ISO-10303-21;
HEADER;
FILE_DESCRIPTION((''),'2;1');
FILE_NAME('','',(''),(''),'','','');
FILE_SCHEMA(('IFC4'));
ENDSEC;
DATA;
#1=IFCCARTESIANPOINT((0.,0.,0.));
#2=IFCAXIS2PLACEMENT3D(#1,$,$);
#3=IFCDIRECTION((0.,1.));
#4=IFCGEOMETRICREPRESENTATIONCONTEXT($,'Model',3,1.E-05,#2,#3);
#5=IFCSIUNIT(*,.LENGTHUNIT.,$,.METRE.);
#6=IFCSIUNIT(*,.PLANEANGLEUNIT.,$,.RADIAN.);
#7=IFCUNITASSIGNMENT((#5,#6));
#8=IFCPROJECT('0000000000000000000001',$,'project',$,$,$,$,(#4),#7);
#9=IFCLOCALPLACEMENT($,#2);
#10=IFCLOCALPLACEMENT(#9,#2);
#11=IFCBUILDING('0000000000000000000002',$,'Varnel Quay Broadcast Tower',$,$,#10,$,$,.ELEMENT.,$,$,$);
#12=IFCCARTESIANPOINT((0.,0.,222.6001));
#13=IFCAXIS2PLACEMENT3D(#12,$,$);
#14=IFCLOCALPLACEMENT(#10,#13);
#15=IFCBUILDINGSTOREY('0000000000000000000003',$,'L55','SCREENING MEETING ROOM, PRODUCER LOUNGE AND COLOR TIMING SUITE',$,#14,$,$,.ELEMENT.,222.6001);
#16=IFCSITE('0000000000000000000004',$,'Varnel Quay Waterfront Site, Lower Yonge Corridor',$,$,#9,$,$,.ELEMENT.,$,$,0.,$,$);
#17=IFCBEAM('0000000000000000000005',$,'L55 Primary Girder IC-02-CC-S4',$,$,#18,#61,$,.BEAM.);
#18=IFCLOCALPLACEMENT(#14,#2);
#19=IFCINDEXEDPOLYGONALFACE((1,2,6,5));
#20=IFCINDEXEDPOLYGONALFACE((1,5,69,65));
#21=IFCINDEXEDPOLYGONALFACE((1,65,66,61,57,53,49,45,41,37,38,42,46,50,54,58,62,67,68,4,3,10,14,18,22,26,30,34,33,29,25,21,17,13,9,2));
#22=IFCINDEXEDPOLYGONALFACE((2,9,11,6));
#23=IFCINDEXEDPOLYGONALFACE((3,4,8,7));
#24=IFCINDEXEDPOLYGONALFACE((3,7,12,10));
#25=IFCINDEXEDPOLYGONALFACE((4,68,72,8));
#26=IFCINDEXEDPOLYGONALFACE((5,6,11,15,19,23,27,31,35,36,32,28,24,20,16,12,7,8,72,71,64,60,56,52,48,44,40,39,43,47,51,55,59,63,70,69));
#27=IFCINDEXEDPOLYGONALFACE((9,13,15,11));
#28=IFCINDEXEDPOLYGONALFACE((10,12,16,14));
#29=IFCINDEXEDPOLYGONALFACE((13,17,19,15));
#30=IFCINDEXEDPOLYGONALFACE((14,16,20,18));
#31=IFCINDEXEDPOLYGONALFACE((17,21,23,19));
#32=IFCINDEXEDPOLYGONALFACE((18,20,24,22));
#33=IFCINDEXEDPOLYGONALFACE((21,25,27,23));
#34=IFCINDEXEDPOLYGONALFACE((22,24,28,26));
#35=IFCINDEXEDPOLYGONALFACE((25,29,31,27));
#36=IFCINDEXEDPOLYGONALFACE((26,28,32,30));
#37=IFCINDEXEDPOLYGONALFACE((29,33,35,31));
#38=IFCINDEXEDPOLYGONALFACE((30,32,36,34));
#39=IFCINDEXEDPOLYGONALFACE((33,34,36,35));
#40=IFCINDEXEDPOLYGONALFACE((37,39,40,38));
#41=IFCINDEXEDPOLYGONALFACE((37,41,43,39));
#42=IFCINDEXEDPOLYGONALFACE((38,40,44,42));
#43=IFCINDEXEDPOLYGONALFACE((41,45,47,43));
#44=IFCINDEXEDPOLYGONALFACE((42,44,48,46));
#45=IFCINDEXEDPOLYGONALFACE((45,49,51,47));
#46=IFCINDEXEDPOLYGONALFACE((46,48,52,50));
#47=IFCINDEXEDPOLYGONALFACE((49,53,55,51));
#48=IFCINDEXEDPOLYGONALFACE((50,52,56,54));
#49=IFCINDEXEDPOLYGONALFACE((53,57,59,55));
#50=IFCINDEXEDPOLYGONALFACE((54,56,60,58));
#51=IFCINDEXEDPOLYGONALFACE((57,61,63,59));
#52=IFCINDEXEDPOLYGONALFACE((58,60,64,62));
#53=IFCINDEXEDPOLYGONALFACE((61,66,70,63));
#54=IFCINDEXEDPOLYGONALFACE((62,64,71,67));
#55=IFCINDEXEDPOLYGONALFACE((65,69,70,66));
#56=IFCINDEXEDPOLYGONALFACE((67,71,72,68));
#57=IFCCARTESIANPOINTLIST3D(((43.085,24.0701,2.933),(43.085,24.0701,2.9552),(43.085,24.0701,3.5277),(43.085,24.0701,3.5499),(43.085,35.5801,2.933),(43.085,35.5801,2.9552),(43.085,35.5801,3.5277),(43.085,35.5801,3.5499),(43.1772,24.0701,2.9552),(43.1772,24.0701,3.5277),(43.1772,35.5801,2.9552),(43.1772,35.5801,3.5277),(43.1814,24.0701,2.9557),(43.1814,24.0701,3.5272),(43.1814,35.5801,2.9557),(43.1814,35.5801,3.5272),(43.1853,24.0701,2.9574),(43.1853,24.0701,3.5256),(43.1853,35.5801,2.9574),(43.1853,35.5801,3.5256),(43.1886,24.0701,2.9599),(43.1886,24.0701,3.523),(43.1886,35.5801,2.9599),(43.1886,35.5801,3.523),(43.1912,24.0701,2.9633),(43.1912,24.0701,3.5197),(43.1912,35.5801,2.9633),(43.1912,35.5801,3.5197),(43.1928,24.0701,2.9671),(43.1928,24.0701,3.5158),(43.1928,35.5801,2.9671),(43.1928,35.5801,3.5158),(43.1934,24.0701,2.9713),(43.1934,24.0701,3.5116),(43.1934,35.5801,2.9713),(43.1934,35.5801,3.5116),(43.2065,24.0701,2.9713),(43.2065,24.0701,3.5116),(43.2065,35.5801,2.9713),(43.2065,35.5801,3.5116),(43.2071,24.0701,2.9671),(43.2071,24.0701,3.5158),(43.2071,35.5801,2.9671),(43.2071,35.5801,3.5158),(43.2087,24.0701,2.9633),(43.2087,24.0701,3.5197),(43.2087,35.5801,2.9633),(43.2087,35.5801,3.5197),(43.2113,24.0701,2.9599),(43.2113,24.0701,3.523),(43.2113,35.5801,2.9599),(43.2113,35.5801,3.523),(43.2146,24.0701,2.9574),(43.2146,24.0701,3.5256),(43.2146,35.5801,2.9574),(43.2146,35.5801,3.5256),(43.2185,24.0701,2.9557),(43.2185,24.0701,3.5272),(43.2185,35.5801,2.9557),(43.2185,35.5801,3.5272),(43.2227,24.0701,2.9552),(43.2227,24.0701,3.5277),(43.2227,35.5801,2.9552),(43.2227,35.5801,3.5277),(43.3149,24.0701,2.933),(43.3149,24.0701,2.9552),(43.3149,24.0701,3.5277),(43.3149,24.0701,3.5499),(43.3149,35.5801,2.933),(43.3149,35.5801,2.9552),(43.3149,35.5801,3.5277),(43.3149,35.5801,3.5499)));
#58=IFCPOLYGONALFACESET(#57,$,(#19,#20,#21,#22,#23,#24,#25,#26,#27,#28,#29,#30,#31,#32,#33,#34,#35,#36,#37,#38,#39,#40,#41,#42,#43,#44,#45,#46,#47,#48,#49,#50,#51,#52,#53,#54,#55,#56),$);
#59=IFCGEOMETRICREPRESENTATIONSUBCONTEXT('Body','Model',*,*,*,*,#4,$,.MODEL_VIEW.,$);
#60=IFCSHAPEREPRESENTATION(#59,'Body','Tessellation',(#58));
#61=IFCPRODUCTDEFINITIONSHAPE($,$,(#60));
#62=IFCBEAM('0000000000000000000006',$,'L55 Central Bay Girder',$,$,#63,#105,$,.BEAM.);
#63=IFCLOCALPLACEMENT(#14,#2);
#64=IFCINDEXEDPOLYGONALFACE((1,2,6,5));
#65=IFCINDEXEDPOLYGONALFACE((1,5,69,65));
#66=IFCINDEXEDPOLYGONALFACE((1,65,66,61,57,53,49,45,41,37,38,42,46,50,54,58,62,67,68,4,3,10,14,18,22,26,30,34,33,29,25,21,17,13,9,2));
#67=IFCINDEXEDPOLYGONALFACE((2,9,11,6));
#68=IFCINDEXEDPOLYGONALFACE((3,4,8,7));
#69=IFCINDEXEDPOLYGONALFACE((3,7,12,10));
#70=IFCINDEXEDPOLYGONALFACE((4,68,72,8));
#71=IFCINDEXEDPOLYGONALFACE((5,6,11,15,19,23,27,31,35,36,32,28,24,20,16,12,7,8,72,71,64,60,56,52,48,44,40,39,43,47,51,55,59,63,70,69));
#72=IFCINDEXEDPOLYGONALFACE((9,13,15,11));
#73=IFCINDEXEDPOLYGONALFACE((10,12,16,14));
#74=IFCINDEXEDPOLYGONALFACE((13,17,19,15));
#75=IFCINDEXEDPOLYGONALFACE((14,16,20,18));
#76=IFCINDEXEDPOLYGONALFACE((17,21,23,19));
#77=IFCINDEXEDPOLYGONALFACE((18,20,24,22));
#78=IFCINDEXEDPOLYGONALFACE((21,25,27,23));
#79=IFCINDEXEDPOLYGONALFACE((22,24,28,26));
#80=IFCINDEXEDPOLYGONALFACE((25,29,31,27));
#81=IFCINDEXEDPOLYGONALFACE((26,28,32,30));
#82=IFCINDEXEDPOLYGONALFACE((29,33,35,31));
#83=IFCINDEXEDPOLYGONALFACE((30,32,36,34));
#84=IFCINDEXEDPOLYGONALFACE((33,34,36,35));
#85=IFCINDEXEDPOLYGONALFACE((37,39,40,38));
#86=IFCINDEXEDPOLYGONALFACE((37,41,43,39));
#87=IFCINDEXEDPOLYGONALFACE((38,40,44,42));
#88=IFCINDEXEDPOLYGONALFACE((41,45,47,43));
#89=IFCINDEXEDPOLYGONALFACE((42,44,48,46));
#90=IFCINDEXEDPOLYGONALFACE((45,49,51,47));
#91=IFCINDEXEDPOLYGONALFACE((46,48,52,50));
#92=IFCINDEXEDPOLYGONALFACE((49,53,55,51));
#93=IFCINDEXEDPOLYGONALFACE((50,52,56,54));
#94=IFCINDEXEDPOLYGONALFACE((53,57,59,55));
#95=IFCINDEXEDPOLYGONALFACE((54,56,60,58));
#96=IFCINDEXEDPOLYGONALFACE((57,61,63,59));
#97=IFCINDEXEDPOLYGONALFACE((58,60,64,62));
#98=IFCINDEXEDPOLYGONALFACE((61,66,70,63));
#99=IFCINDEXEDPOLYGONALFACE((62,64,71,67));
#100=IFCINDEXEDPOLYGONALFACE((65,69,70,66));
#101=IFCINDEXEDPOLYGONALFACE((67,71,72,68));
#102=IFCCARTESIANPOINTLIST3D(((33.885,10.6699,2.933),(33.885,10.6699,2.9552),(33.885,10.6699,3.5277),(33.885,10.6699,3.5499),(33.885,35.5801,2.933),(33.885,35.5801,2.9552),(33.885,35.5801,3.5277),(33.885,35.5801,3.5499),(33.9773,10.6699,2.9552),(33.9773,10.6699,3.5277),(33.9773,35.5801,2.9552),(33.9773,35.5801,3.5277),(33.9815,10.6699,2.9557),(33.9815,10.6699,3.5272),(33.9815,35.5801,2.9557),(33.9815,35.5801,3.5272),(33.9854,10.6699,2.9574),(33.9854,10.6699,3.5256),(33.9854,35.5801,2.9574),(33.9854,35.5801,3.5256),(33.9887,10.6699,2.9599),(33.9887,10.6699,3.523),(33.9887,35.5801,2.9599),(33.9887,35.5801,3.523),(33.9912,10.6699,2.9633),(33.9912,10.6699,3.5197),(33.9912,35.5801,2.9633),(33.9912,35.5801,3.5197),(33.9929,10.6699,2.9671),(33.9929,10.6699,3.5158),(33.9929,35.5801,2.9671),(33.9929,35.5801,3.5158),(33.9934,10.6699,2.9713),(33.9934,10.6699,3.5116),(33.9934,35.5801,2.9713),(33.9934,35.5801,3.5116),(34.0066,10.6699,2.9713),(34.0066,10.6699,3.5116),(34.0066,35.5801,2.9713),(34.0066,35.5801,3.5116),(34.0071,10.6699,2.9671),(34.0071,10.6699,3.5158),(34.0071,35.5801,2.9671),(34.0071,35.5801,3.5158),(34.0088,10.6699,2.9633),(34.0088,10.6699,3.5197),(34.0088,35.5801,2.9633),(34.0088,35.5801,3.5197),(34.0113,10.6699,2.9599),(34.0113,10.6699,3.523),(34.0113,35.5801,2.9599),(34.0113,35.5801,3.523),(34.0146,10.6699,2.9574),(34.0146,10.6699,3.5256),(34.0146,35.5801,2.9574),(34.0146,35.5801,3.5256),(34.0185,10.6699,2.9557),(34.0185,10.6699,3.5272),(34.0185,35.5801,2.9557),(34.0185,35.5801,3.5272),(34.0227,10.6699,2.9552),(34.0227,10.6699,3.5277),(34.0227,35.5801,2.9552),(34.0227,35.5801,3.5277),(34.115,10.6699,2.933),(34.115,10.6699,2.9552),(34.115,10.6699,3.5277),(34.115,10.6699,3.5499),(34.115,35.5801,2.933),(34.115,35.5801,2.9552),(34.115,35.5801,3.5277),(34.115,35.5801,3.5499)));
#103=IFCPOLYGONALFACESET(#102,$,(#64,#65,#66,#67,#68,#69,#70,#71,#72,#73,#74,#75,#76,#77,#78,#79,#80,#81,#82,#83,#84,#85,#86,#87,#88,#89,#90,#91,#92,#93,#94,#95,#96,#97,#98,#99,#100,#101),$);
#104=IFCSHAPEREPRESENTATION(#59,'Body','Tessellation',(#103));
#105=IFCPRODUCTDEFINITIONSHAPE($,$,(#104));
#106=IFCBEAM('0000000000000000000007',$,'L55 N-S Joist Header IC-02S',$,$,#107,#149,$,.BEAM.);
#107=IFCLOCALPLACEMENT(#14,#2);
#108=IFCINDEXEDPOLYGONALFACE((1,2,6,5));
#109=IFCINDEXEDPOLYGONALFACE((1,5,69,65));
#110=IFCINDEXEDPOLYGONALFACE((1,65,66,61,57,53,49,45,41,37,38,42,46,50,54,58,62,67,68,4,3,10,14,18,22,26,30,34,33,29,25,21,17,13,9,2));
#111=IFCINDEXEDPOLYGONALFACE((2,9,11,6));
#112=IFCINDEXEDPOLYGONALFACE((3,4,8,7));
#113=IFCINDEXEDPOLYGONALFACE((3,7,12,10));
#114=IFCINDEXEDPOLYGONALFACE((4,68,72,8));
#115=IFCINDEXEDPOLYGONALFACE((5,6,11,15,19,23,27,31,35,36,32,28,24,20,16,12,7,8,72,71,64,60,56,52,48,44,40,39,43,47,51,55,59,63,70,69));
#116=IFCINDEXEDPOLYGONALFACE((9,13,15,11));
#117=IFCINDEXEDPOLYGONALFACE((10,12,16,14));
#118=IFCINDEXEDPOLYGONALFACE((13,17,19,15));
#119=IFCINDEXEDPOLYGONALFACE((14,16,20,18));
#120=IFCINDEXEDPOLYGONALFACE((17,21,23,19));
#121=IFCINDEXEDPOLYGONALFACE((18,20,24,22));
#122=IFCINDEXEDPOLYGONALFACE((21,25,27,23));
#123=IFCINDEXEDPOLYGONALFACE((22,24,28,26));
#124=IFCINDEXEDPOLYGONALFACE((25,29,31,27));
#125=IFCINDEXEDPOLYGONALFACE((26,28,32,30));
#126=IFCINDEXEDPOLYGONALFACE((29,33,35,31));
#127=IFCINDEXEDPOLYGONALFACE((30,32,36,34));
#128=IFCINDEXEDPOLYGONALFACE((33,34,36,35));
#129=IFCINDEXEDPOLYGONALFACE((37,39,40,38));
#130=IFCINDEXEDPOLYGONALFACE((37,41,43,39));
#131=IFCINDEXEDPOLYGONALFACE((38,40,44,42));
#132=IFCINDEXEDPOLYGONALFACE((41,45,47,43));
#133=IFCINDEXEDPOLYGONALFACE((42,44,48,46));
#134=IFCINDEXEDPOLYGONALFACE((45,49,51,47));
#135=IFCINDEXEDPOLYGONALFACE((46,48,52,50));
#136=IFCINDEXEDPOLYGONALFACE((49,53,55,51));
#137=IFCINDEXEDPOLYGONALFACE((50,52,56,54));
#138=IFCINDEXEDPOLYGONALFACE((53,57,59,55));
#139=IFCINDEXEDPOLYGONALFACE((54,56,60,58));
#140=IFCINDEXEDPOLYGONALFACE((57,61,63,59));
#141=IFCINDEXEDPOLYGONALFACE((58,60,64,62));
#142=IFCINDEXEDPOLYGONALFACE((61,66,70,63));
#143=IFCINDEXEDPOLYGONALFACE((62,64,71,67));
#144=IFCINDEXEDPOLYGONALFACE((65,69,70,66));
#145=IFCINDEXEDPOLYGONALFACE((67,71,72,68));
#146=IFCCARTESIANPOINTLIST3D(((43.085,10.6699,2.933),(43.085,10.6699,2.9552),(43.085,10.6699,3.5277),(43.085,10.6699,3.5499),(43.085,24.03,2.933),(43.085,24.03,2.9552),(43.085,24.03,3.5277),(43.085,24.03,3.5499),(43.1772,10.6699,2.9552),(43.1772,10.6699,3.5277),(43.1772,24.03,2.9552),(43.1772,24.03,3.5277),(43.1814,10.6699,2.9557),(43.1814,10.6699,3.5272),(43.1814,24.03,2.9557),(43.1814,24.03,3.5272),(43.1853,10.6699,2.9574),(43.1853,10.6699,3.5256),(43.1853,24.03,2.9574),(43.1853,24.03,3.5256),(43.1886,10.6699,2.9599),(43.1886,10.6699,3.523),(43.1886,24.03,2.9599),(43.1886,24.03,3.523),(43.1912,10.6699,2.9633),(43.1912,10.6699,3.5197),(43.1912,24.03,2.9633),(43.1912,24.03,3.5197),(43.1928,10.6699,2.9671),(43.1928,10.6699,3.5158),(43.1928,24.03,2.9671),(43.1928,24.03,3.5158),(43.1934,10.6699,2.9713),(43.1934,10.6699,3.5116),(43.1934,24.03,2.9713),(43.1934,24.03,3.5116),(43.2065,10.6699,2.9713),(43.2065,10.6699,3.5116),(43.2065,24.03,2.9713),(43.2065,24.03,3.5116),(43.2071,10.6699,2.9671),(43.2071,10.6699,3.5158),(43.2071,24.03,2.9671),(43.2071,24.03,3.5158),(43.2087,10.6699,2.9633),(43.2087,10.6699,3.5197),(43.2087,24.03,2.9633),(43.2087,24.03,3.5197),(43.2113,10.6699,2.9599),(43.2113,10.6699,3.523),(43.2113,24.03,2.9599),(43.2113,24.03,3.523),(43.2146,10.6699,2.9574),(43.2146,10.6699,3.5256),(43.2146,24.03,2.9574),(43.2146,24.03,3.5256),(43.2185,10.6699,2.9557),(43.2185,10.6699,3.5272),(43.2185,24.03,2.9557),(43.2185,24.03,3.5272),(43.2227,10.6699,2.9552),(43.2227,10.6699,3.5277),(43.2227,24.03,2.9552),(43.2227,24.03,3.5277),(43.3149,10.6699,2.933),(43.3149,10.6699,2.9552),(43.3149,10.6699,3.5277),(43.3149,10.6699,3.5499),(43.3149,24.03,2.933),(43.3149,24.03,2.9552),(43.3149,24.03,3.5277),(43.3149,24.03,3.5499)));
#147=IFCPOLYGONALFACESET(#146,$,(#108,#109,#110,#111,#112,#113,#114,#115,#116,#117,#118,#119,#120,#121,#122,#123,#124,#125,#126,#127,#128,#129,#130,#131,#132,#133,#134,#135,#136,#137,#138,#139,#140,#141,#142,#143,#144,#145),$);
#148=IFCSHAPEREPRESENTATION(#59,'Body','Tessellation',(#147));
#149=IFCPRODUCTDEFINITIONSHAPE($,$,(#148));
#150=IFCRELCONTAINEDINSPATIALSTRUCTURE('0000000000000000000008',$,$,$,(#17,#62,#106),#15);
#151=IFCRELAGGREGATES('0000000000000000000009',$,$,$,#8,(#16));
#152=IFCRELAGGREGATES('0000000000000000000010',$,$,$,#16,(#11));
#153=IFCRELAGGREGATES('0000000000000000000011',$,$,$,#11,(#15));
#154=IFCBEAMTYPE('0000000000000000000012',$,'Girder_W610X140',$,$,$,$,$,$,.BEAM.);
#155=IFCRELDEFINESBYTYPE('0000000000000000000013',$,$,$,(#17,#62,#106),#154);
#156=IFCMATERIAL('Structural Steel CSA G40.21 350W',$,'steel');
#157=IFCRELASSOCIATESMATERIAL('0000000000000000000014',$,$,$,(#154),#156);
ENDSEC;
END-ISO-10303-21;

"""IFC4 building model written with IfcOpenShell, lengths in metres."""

from ifc_helpers import new_model, si_unit, direction, frame, origin, origin_2d, place, context, subcontext, project, spatial, i_section, extrude, source, transform, mapped, material, material_profile, profile_set, type_object, element, save


model = new_model("IFC4")

# Units and contexts
model_context = context("Model", 3, precision=1e-05, world=origin(), true_north=direction((0.0, 1.0)))
body_context = subcontext(model_context, "Body", "Model", "MODEL_VIEW")
ifc_project = project(units=[si_unit("LENGTHUNIT", "METRE"), si_unit("PLANEANGLEUNIT", "RADIAN")], contexts=[model_context])

# Site, building, storey
site_placement = place(None, origin())
site = spatial("IfcSite", under=ifc_project, at=site_placement, Name="Varnel Quay Waterfront Site, Lower Yonge Corridor", CompositionType="ELEMENT", RefElevation=0.0)
building_placement = place(site_placement, origin())
building = spatial("IfcBuilding", under=site, at=building_placement, Name="Varnel Quay Broadcast Tower", CompositionType="ELEMENT")
storey_placement = place(building_placement, frame((0.0, 0.0, 222.6001)))
storey = spatial("IfcBuildingStorey", under=building, at=storey_placement, Name="L55", Description="SCREENING MEETING ROOM, PRODUCER LOUNGE AND COLOR TIMING SUITE", CompositionType="ELEMENT", Elevation=222.6001)

# Shared definitions
ifc_material_1 = material(Name="Structural Steel CSA G40.21 350W", Category="steel")

# Beams
ifc_material_profile_1 = material_profile(ifc_material_1, i_section(OverallWidth=0.23, OverallDepth=0.6169, WebThickness=0.0132, FlangeThickness=0.0222, FilletRadius=0.0161, at=origin_2d()), Name="W610X140")
ifc_profile_set_1 = profile_set([ifc_material_profile_1], Name="Structural Steel CSA G40.21 350W")
beam_type_1 = type_object("IfcBeamType", Name="Girder_W610X140", PredefinedType="BEAM", material=ifc_profile_set_1)
shared_shape_1 = source(origin(), body_context, "Body", "SweptSolid", [
    extrude(i_section(OverallWidth=0.23, OverallDepth=0.6169, WebThickness=0.0132, FlangeThickness=0.0222, FilletRadius=0.0161, at=origin_2d()), origin(), (0.0, 0.0, 1.0), 11.51),
])
beam_1_placement = place(storey_placement, frame((43.2, 24.0701, 3.2415), z_axis=(0.0, 1.0, 0.0), x_axis=(-1.0, 0.0, 0.0)))
element("IfcBeam", 1, at=beam_1_placement, inside=storey, type_object=beam_type_1, Name="L55 Primary Girder IC-02-CC-S4", PredefinedType="BEAM", context=body_context, shape_type="MappedRepresentation", body=[
    mapped(shared_shape_1, transform((0.0, 0.0, 0.0), x_axis=(1.0, 0.0, 0.0), y_axis=(0.0, 1.0, 0.0), z_axis=(0.0, 0.0, 1.0), scale=1.0)),
])
shared_shape_2 = source(origin(), body_context, "Body", "SweptSolid", [
    extrude(i_section(OverallWidth=0.23, OverallDepth=0.6169, WebThickness=0.0132, FlangeThickness=0.0222, FilletRadius=0.0161, at=origin_2d()), origin(), (0.0, 0.0, 1.0), 24.9102),
])
beam_2_placement = place(storey_placement, frame((34.0, 10.6699, 3.2415), z_axis=(0.0, 1.0, 0.0), x_axis=(-1.0, 0.0, 0.0)))
element("IfcBeam", 2, at=beam_2_placement, inside=storey, type_object=beam_type_1, Name="L55 Central Bay Girder", PredefinedType="BEAM", context=body_context, shape_type="MappedRepresentation", body=[
    mapped(shared_shape_2, transform((0.0, 0.0, 0.0), x_axis=(1.0, 0.0, 0.0), y_axis=(0.0, 1.0, 0.0), z_axis=(0.0, 0.0, 1.0), scale=1.0)),
])
shared_shape_3 = source(origin(), body_context, "Body", "SweptSolid", [
    extrude(i_section(OverallWidth=0.23, OverallDepth=0.6169, WebThickness=0.0132, FlangeThickness=0.0222, FilletRadius=0.0161, at=origin_2d()), origin(), (0.0, 0.0, 1.0), 13.3601),
])
beam_3_placement = place(storey_placement, frame((43.2, 10.6699, 3.2415), z_axis=(0.0, 1.0, 0.0), x_axis=(-1.0, 0.0, 0.0)))
element("IfcBeam", 3, at=beam_3_placement, inside=storey, type_object=beam_type_1, Name="L55 N-S Joist Header IC-02S", PredefinedType="BEAM", context=body_context, shape_type="MappedRepresentation", body=[
    mapped(shared_shape_3, transform((0.0, 0.0, 0.0), x_axis=(1.0, 0.0, 0.0), y_axis=(0.0, 1.0, 0.0), z_axis=(0.0, 0.0, 1.0), scale=1.0)),
])

save(model, "model.ifc")
